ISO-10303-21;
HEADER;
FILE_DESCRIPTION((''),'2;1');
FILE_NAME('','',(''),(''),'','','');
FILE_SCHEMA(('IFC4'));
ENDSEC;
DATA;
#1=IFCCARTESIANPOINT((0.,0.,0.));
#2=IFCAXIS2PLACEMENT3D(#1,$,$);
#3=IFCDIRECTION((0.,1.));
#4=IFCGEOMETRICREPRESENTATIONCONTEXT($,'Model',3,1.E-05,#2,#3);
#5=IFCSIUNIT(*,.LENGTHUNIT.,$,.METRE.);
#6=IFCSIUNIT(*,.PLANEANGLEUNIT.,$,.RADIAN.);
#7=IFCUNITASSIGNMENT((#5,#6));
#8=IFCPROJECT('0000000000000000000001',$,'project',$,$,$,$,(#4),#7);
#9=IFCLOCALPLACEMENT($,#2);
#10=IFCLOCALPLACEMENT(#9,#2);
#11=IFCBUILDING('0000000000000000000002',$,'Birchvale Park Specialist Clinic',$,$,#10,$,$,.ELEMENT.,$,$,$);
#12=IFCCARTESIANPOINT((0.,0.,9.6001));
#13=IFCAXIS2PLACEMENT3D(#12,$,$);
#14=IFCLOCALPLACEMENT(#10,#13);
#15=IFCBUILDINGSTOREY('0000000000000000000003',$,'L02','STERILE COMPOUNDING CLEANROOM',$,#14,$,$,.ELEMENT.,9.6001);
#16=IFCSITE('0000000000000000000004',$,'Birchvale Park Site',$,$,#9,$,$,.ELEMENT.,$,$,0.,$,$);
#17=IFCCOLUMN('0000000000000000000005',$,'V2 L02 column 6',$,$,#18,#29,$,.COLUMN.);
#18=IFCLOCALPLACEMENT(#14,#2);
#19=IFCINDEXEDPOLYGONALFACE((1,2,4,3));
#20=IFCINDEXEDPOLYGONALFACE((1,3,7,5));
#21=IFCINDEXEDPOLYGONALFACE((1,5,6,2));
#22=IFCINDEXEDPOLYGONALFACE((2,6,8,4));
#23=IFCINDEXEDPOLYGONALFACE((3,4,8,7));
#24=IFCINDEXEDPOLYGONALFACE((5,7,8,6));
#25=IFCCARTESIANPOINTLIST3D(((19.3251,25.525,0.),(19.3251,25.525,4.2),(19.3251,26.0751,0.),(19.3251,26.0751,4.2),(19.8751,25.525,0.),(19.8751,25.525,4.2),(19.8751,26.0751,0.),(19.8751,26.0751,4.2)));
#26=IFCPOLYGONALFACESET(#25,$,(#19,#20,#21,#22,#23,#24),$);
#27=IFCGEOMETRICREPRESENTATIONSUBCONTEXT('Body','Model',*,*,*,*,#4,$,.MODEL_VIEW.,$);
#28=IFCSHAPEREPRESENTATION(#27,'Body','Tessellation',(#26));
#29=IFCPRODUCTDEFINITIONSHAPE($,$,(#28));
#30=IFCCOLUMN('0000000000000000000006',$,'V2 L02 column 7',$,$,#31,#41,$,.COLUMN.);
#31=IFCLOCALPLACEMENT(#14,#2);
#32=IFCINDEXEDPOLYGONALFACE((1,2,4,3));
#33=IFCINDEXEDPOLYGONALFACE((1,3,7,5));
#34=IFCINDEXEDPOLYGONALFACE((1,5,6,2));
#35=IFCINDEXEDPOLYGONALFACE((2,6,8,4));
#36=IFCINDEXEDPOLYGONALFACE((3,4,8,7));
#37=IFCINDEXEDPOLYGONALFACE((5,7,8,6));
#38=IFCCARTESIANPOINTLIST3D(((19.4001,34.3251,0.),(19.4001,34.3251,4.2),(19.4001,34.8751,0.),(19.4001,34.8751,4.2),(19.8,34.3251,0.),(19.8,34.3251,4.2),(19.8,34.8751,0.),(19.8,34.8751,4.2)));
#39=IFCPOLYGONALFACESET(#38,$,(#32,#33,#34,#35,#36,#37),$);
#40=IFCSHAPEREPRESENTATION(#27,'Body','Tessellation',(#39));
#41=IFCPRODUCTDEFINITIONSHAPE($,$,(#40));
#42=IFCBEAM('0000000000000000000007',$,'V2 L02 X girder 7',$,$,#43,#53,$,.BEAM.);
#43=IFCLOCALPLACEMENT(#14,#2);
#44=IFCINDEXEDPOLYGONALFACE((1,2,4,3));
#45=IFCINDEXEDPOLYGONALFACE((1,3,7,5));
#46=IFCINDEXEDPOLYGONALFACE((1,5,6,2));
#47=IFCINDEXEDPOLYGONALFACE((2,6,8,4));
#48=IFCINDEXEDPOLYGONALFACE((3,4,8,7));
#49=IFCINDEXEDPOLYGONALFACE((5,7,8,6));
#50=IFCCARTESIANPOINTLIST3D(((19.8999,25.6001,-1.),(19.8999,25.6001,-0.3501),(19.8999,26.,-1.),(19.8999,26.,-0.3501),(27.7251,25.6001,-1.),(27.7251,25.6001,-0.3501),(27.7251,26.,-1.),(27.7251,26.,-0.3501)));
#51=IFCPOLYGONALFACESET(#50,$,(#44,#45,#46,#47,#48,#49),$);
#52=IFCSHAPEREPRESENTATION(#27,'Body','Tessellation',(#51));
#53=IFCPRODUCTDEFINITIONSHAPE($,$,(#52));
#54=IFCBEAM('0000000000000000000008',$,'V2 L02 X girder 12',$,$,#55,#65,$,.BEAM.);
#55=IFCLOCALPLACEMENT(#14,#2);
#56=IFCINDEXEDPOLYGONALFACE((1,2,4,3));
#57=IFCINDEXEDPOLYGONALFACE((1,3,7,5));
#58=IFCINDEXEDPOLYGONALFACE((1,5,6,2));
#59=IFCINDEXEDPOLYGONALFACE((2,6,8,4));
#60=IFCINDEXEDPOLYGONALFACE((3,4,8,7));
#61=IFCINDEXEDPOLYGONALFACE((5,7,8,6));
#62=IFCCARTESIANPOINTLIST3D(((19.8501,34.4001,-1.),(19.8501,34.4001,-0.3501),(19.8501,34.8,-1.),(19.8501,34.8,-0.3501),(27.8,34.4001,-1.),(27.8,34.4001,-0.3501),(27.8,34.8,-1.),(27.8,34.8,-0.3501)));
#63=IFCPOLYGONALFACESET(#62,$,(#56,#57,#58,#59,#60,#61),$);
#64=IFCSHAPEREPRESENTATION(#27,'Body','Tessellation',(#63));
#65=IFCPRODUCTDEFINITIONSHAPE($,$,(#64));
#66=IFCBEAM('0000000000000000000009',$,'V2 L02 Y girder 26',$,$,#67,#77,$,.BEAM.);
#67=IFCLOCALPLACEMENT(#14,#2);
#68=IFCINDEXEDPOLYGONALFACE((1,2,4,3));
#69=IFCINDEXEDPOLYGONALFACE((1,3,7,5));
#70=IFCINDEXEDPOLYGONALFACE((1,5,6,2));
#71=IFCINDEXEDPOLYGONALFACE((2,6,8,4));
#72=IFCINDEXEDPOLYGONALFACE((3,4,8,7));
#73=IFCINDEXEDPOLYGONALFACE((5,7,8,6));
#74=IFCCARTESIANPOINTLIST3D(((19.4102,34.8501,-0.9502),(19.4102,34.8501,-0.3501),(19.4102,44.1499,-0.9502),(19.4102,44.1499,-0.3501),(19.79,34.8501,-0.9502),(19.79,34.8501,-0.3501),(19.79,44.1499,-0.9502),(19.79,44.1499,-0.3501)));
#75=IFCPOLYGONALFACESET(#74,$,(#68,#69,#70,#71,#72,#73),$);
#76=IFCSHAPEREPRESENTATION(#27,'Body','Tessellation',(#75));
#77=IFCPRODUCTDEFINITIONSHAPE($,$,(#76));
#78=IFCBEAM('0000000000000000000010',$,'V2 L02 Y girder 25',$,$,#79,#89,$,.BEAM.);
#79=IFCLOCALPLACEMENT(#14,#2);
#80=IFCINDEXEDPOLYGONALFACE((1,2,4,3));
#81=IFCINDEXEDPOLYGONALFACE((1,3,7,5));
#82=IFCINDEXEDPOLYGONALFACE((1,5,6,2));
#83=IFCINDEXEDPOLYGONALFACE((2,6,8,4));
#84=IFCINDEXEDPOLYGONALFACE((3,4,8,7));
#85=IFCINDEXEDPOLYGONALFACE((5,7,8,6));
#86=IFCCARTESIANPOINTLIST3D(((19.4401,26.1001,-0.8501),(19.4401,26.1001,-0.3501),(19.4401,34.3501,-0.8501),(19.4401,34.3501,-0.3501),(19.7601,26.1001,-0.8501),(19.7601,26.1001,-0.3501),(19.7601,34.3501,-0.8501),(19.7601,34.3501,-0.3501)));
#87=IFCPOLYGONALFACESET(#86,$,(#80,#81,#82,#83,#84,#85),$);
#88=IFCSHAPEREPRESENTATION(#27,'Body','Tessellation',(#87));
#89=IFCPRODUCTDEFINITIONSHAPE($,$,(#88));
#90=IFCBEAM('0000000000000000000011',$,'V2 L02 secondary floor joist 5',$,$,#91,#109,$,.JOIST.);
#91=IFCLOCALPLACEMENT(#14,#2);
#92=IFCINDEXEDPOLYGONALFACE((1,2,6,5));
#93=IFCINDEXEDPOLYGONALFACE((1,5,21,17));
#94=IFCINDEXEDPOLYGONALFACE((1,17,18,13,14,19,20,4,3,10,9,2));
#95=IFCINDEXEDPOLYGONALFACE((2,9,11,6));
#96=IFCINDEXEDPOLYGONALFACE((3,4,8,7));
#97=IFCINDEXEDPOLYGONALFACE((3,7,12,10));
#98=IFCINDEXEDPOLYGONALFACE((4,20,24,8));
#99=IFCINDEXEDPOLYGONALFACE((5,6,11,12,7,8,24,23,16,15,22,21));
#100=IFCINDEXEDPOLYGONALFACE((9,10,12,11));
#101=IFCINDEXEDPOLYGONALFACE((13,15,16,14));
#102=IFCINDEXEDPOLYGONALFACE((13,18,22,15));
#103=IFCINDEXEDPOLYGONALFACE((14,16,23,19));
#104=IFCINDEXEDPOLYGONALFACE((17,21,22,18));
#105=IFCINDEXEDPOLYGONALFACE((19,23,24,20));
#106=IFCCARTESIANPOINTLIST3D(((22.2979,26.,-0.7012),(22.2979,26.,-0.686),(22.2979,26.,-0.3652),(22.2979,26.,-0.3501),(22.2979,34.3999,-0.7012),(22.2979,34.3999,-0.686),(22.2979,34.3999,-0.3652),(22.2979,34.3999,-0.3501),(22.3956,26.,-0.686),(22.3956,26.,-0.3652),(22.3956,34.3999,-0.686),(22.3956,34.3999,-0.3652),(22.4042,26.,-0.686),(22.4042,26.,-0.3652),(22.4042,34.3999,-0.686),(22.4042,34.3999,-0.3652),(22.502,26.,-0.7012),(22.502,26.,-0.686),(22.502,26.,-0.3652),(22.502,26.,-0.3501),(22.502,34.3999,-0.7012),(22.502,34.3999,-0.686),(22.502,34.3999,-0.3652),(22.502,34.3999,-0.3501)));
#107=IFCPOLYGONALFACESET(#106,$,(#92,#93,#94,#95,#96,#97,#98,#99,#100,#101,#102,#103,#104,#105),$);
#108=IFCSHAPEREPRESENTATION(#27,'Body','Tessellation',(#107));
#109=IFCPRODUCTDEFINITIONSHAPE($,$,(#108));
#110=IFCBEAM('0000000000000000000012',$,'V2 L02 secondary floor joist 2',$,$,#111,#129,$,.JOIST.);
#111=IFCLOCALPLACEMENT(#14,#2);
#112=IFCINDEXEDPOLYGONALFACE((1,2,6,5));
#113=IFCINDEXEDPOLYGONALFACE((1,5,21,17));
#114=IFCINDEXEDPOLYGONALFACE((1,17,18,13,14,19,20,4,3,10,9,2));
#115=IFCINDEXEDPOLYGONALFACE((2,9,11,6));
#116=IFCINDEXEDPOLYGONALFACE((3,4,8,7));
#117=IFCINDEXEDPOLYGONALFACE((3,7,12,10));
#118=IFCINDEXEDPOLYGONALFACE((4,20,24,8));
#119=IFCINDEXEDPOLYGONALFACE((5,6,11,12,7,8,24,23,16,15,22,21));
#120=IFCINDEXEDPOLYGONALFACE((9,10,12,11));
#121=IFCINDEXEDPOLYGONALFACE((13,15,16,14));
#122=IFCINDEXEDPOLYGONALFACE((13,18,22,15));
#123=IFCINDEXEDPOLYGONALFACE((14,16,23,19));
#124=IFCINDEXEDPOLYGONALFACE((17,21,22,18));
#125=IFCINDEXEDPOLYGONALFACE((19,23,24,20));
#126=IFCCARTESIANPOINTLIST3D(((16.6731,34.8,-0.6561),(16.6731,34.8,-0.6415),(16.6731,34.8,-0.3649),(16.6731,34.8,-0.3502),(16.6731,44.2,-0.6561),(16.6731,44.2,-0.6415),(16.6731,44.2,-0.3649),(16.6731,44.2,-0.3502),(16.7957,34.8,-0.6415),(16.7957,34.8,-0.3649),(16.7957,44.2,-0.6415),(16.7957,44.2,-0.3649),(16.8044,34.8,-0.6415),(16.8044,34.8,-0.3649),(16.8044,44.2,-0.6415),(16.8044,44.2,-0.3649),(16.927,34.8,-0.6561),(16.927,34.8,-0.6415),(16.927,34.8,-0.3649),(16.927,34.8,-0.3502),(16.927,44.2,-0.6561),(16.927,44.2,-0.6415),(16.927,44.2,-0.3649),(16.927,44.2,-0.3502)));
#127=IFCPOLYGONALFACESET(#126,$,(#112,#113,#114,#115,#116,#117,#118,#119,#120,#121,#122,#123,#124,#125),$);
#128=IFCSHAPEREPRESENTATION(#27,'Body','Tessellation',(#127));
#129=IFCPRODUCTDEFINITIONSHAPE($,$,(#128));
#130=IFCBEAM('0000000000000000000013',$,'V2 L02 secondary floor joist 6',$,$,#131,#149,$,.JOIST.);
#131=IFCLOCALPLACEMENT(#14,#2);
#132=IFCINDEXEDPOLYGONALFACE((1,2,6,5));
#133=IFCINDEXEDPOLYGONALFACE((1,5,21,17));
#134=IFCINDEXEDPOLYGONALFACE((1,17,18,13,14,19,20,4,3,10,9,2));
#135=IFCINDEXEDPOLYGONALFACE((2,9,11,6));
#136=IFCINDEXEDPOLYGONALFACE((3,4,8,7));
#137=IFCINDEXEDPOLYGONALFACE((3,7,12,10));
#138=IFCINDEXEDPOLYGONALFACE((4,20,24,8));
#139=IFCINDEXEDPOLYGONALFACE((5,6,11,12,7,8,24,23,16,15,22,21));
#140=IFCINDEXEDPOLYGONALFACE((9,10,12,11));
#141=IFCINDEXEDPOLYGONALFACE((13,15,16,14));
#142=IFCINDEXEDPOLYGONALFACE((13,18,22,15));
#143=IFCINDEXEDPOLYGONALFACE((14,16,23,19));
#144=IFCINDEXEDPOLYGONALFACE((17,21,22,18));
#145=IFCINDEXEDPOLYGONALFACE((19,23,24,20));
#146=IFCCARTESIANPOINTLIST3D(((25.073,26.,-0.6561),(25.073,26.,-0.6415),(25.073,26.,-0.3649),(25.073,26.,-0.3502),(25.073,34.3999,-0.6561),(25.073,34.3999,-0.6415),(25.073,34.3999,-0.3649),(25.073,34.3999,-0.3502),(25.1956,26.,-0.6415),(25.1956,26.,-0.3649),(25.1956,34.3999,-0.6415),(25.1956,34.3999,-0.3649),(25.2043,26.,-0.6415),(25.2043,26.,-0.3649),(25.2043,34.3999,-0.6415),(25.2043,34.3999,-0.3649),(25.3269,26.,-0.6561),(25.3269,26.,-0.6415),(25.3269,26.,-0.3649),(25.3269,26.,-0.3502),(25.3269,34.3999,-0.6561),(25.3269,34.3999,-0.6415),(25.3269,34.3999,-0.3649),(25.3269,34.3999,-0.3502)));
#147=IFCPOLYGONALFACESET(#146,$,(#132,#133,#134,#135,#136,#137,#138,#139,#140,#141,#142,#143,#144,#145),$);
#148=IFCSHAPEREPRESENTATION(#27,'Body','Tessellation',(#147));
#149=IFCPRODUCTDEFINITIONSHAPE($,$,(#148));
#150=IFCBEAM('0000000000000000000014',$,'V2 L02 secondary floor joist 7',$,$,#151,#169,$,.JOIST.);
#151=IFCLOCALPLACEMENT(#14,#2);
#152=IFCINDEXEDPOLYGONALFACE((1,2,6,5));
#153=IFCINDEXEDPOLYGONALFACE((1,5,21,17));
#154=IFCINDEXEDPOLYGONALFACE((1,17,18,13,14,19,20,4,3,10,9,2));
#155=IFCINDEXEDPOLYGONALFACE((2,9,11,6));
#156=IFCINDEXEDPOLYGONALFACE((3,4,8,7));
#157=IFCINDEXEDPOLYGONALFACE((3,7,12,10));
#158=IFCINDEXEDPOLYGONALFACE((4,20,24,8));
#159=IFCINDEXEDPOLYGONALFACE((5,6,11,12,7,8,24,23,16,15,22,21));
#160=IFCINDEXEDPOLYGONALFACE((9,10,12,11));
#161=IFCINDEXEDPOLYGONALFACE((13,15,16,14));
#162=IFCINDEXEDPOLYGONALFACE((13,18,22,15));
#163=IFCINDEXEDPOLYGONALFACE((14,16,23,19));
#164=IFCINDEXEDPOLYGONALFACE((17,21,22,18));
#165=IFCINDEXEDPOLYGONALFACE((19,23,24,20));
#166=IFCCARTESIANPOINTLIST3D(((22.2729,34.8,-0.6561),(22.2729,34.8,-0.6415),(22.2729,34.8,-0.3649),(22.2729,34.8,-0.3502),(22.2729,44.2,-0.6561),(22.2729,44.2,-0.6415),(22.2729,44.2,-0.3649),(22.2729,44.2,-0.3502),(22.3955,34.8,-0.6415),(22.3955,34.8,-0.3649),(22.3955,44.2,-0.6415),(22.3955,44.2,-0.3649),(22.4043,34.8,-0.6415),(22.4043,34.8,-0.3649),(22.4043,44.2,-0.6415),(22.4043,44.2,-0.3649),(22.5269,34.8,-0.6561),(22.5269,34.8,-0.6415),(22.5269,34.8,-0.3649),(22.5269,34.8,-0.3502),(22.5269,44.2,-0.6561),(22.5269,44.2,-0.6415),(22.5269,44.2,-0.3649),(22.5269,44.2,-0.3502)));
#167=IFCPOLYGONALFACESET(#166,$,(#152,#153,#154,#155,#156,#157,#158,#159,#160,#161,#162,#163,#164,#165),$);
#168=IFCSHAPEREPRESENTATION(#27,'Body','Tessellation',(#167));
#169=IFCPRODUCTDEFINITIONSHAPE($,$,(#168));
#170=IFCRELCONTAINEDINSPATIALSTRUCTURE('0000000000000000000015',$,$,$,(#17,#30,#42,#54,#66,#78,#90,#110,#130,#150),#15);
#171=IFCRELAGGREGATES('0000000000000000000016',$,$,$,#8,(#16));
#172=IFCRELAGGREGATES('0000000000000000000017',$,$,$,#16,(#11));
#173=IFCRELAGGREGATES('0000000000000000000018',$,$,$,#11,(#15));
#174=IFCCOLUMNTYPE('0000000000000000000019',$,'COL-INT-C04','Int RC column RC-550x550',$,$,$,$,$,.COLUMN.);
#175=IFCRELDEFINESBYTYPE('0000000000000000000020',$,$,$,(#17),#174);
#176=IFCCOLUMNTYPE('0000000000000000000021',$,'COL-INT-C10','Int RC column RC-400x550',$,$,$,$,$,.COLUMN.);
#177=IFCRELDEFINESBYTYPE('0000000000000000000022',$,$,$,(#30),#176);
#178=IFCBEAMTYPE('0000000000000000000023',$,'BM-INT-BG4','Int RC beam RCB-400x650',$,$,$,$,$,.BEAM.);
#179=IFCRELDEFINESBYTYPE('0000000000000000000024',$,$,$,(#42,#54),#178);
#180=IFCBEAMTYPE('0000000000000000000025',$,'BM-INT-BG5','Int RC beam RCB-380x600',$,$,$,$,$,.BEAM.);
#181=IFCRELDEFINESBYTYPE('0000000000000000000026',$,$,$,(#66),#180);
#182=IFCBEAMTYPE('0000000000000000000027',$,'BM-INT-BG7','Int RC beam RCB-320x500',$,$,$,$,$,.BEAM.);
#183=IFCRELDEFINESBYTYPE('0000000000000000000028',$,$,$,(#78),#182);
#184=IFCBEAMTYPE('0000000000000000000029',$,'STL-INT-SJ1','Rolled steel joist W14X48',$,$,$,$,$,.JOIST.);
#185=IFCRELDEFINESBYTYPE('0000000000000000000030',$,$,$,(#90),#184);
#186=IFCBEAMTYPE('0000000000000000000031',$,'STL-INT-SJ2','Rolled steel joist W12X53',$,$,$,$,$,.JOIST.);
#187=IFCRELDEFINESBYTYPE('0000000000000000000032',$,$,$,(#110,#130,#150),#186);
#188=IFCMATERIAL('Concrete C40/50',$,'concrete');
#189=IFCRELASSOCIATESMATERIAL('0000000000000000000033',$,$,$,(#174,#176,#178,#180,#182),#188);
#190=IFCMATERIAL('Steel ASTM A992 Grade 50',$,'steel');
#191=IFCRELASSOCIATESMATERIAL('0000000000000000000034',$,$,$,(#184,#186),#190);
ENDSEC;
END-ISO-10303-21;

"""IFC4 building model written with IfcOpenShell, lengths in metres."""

from ifc_helpers import new_model, si_unit, direction, frame, origin, origin_2d, place, context, subcontext, project, spatial, rectangle, i_section, extrude, material, material_profile, profile_set, type_object, element, save


model = new_model("IFC4")

# Units and contexts
model_context = context("Model", 3, precision=1e-05, world=origin(), true_north=direction((0.0, 1.0)))
body_context = subcontext(model_context, "Body", "Model", "MODEL_VIEW")
ifc_project = project(units=[si_unit("LENGTHUNIT", "METRE"), si_unit("PLANEANGLEUNIT", "RADIAN")], contexts=[model_context])

# Site, building, storey
site_placement = place(None, origin())
site = spatial("IfcSite", under=ifc_project, at=site_placement, Name="Birchvale Park Site", CompositionType="ELEMENT", RefElevation=0.0)
building_placement = place(site_placement, origin())
building = spatial("IfcBuilding", under=site, at=building_placement, Name="Birchvale Park Specialist Clinic", CompositionType="ELEMENT")
storey_placement = place(building_placement, frame((0.0, 0.0, 9.6001)))
storey = spatial("IfcBuildingStorey", under=building, at=storey_placement, Name="L02", Description="STERILE COMPOUNDING CLEANROOM", CompositionType="ELEMENT", Elevation=9.6001)

# Columns
ifc_material_1 = material(Name="Concrete C40/50", Category="concrete")
ifc_material_profile_1 = material_profile(ifc_material_1, rectangle(XDim=0.55, YDim=0.55, at=origin_2d()), Name="RC-550x550")
ifc_profile_set_1 = profile_set([ifc_material_profile_1], Name="Concrete C40/50")
column_type_1 = type_object("IfcColumnType", Name="COL-INT-C04", Description="Int RC column RC-550x550", PredefinedType="COLUMN", material=ifc_profile_set_1)
column_1_placement = place(storey_placement, frame((19.6001, 25.8, 0.0), z_axis=(0.0, 0.0, 1.0), x_axis=(1.0, 0.0, 0.0)))
element("IfcColumn", 1, at=column_1_placement, inside=storey, type_object=column_type_1, Name="V2 L02 column 6", PredefinedType="COLUMN", context=body_context, shape_type="SweptSolid", body=[
    extrude(rectangle(XDim=0.55, YDim=0.55, at=origin_2d()), origin(), (0.0, 0.0, 1.0), 4.2),
])
ifc_material_profile_2 = material_profile(ifc_material_1, rectangle(XDim=0.3999, YDim=0.55, at=origin_2d()), Name="RC-400x550")
ifc_profile_set_2 = profile_set([ifc_material_profile_2], Name="Concrete C40/50")
column_type_2 = type_object("IfcColumnType", Name="COL-INT-C10", Description="Int RC column RC-400x550", PredefinedType="COLUMN", material=ifc_profile_set_2)
column_2_placement = place(storey_placement, frame((19.6001, 34.6001, 0.0), z_axis=(0.0, 0.0, 1.0), x_axis=(1.0, 0.0, 0.0)))
element("IfcColumn", 2, at=column_2_placement, inside=storey, type_object=column_type_2, Name="V2 L02 column 7", PredefinedType="COLUMN", context=body_context, shape_type="SweptSolid", body=[
    extrude(rectangle(XDim=0.3999, YDim=0.55, at=origin_2d()), origin(), (0.0, 0.0, 1.0), 4.2),
])

# Beams
ifc_material_profile_3 = material_profile(ifc_material_1, rectangle(XDim=0.3999, YDim=0.6499, at=origin_2d()), Name="RCB-400x650")
ifc_profile_set_3 = profile_set([ifc_material_profile_3], Name="Concrete C40/50")
beam_type_1 = type_object("IfcBeamType", Name="BM-INT-BG4", Description="Int RC beam RCB-400x650", PredefinedType="BEAM", material=ifc_profile_set_3)
beam_1_placement = place(storey_placement, frame((19.8999, 25.8, -0.675), z_axis=(1.0, 0.0, 0.0), x_axis=(0.0, 1.0, 0.0)))
element("IfcBeam", 3, at=beam_1_placement, inside=storey, type_object=beam_type_1, Name="V2 L02 X girder 7", PredefinedType="BEAM", context=body_context, shape_type="SweptSolid", body=[
    extrude(rectangle(XDim=0.3999, YDim=0.6499, at=origin_2d()), origin(), (0.0, 0.0, 1.0), 7.8252),
])
beam_2_placement = place(storey_placement, frame((19.8501, 34.6001, -0.675), z_axis=(1.0, 0.0, 0.0), x_axis=(0.0, 1.0, 0.0)))
element("IfcBeam", 4, at=beam_2_placement, inside=storey, type_object=beam_type_1, Name="V2 L02 X girder 12", PredefinedType="BEAM", context=body_context, shape_type="SweptSolid", body=[
    extrude(rectangle(XDim=0.3999, YDim=0.6499, at=origin_2d()), origin(), (0.0, 0.0, 1.0), 7.95),
])
ifc_material_profile_4 = material_profile(ifc_material_1, rectangle(XDim=0.3799, YDim=0.6001, at=origin_2d()), Name="RCB-380x600")
ifc_profile_set_4 = profile_set([ifc_material_profile_4], Name="Concrete C40/50")
beam_type_2 = type_object("IfcBeamType", Name="BM-INT-BG5", Description="Int RC beam RCB-380x600", PredefinedType="BEAM", material=ifc_profile_set_4)
beam_3_placement = place(storey_placement, frame((19.6001, 34.8501, -0.6501), z_axis=(0.0, 1.0, 0.0), x_axis=(-1.0, 0.0, 0.0)))
element("IfcBeam", 5, at=beam_3_placement, inside=storey, type_object=beam_type_2, Name="V2 L02 Y girder 26", PredefinedType="BEAM", context=body_context, shape_type="SweptSolid", body=[
    extrude(rectangle(XDim=0.3799, YDim=0.6001, at=origin_2d()), origin(), (0.0, 0.0, 1.0), 9.2998),
])
ifc_material_profile_5 = material_profile(ifc_material_1, rectangle(XDim=0.3201, YDim=0.5, at=origin_2d()), Name="RCB-320x500")
ifc_profile_set_5 = profile_set([ifc_material_profile_5], Name="Concrete C40/50")
beam_type_3 = type_object("IfcBeamType", Name="BM-INT-BG7", Description="Int RC beam RCB-320x500", PredefinedType="BEAM", material=ifc_profile_set_5)
beam_4_placement = place(storey_placement, frame((19.6001, 26.1001, -0.6001), z_axis=(0.0, 1.0, 0.0), x_axis=(-1.0, 0.0, 0.0)))
element("IfcBeam", 6, at=beam_4_placement, inside=storey, type_object=beam_type_3, Name="V2 L02 Y girder 25", PredefinedType="BEAM", context=body_context, shape_type="SweptSolid", body=[
    extrude(rectangle(XDim=0.3201, YDim=0.5, at=origin_2d()), origin(), (0.0, 0.0, 1.0), 8.25),
])
ifc_material_2 = material(Name="Steel ASTM A992 Grade 50", Category="steel")
ifc_material_profile_6 = material_profile(ifc_material_2, i_section(OverallWidth=0.2041, OverallDepth=0.3511, WebThickness=0.0085, FlangeThickness=0.0151, at=origin_2d()), Name="W14X48")
ifc_profile_set_6 = profile_set([ifc_material_profile_6], Name="Steel ASTM A992 Grade 50")
beam_type_4 = type_object("IfcBeamType", Name="STL-INT-SJ1", Description="Rolled steel joist W14X48", PredefinedType="JOIST", material=ifc_profile_set_6)
beam_5_placement = place(storey_placement, frame((22.3999, 26.0, -0.5256), z_axis=(0.0, 1.0, 0.0), x_axis=(-1.0, 0.0, 0.0)))
element("IfcBeam", 7, at=beam_5_placement, inside=storey, type_object=beam_type_4, Name="V2 L02 secondary floor joist 5", PredefinedType="JOIST", context=body_context, shape_type="SweptSolid", body=[
    extrude(i_section(OverallWidth=0.2041, OverallDepth=0.3511, WebThickness=0.0085, FlangeThickness=0.0151, at=origin_2d()), origin(), (0.0, 0.0, 1.0), 8.3999),
])
ifc_material_profile_7 = material_profile(ifc_material_2, i_section(OverallWidth=0.2539, OverallDepth=0.3059, WebThickness=0.0088, FlangeThickness=0.0146, at=origin_2d()), Name="W12X53")
ifc_profile_set_7 = profile_set([ifc_material_profile_7], Name="Steel ASTM A992 Grade 50")
beam_type_5 = type_object("IfcBeamType", Name="STL-INT-SJ2", Description="Rolled steel joist W12X53", PredefinedType="JOIST", material=ifc_profile_set_7)
beam_6_placement = place(storey_placement, frame((16.8, 34.8, -0.5032), z_axis=(0.0, 1.0, 0.0), x_axis=(-1.0, 0.0, 0.0)))
element("IfcBeam", 8, at=beam_6_placement, inside=storey, type_object=beam_type_5, Name="V2 L02 secondary floor joist 2", PredefinedType="JOIST", context=body_context, shape_type="SweptSolid", body=[
    extrude(i_section(OverallWidth=0.2539, OverallDepth=0.3059, WebThickness=0.0088, FlangeThickness=0.0146, at=origin_2d()), origin(), (0.0, 0.0, 1.0), 9.3999),
])
beam_7_placement = place(storey_placement, frame((25.2, 26.0, -0.5032), z_axis=(0.0, 1.0, 0.0), x_axis=(-1.0, 0.0, 0.0)))
element("IfcBeam", 9, at=beam_7_placement, inside=storey, type_object=beam_type_5, Name="V2 L02 secondary floor joist 6", PredefinedType="JOIST", context=body_context, shape_type="SweptSolid", body=[
    extrude(i_section(OverallWidth=0.2539, OverallDepth=0.3059, WebThickness=0.0088, FlangeThickness=0.0146, at=origin_2d()), origin(), (0.0, 0.0, 1.0), 8.3999),
])
beam_8_placement = place(storey_placement, frame((22.3999, 34.8, -0.5032), z_axis=(0.0, 1.0, 0.0), x_axis=(-1.0, 0.0, 0.0)))
element("IfcBeam", 10, at=beam_8_placement, inside=storey, type_object=beam_type_5, Name="V2 L02 secondary floor joist 7", PredefinedType="JOIST", context=body_context, shape_type="SweptSolid", body=[
    extrude(i_section(OverallWidth=0.2539, OverallDepth=0.3059, WebThickness=0.0088, FlangeThickness=0.0146, at=origin_2d()), origin(), (0.0, 0.0, 1.0), 9.3999),
])

save(model, "model.ifc")
